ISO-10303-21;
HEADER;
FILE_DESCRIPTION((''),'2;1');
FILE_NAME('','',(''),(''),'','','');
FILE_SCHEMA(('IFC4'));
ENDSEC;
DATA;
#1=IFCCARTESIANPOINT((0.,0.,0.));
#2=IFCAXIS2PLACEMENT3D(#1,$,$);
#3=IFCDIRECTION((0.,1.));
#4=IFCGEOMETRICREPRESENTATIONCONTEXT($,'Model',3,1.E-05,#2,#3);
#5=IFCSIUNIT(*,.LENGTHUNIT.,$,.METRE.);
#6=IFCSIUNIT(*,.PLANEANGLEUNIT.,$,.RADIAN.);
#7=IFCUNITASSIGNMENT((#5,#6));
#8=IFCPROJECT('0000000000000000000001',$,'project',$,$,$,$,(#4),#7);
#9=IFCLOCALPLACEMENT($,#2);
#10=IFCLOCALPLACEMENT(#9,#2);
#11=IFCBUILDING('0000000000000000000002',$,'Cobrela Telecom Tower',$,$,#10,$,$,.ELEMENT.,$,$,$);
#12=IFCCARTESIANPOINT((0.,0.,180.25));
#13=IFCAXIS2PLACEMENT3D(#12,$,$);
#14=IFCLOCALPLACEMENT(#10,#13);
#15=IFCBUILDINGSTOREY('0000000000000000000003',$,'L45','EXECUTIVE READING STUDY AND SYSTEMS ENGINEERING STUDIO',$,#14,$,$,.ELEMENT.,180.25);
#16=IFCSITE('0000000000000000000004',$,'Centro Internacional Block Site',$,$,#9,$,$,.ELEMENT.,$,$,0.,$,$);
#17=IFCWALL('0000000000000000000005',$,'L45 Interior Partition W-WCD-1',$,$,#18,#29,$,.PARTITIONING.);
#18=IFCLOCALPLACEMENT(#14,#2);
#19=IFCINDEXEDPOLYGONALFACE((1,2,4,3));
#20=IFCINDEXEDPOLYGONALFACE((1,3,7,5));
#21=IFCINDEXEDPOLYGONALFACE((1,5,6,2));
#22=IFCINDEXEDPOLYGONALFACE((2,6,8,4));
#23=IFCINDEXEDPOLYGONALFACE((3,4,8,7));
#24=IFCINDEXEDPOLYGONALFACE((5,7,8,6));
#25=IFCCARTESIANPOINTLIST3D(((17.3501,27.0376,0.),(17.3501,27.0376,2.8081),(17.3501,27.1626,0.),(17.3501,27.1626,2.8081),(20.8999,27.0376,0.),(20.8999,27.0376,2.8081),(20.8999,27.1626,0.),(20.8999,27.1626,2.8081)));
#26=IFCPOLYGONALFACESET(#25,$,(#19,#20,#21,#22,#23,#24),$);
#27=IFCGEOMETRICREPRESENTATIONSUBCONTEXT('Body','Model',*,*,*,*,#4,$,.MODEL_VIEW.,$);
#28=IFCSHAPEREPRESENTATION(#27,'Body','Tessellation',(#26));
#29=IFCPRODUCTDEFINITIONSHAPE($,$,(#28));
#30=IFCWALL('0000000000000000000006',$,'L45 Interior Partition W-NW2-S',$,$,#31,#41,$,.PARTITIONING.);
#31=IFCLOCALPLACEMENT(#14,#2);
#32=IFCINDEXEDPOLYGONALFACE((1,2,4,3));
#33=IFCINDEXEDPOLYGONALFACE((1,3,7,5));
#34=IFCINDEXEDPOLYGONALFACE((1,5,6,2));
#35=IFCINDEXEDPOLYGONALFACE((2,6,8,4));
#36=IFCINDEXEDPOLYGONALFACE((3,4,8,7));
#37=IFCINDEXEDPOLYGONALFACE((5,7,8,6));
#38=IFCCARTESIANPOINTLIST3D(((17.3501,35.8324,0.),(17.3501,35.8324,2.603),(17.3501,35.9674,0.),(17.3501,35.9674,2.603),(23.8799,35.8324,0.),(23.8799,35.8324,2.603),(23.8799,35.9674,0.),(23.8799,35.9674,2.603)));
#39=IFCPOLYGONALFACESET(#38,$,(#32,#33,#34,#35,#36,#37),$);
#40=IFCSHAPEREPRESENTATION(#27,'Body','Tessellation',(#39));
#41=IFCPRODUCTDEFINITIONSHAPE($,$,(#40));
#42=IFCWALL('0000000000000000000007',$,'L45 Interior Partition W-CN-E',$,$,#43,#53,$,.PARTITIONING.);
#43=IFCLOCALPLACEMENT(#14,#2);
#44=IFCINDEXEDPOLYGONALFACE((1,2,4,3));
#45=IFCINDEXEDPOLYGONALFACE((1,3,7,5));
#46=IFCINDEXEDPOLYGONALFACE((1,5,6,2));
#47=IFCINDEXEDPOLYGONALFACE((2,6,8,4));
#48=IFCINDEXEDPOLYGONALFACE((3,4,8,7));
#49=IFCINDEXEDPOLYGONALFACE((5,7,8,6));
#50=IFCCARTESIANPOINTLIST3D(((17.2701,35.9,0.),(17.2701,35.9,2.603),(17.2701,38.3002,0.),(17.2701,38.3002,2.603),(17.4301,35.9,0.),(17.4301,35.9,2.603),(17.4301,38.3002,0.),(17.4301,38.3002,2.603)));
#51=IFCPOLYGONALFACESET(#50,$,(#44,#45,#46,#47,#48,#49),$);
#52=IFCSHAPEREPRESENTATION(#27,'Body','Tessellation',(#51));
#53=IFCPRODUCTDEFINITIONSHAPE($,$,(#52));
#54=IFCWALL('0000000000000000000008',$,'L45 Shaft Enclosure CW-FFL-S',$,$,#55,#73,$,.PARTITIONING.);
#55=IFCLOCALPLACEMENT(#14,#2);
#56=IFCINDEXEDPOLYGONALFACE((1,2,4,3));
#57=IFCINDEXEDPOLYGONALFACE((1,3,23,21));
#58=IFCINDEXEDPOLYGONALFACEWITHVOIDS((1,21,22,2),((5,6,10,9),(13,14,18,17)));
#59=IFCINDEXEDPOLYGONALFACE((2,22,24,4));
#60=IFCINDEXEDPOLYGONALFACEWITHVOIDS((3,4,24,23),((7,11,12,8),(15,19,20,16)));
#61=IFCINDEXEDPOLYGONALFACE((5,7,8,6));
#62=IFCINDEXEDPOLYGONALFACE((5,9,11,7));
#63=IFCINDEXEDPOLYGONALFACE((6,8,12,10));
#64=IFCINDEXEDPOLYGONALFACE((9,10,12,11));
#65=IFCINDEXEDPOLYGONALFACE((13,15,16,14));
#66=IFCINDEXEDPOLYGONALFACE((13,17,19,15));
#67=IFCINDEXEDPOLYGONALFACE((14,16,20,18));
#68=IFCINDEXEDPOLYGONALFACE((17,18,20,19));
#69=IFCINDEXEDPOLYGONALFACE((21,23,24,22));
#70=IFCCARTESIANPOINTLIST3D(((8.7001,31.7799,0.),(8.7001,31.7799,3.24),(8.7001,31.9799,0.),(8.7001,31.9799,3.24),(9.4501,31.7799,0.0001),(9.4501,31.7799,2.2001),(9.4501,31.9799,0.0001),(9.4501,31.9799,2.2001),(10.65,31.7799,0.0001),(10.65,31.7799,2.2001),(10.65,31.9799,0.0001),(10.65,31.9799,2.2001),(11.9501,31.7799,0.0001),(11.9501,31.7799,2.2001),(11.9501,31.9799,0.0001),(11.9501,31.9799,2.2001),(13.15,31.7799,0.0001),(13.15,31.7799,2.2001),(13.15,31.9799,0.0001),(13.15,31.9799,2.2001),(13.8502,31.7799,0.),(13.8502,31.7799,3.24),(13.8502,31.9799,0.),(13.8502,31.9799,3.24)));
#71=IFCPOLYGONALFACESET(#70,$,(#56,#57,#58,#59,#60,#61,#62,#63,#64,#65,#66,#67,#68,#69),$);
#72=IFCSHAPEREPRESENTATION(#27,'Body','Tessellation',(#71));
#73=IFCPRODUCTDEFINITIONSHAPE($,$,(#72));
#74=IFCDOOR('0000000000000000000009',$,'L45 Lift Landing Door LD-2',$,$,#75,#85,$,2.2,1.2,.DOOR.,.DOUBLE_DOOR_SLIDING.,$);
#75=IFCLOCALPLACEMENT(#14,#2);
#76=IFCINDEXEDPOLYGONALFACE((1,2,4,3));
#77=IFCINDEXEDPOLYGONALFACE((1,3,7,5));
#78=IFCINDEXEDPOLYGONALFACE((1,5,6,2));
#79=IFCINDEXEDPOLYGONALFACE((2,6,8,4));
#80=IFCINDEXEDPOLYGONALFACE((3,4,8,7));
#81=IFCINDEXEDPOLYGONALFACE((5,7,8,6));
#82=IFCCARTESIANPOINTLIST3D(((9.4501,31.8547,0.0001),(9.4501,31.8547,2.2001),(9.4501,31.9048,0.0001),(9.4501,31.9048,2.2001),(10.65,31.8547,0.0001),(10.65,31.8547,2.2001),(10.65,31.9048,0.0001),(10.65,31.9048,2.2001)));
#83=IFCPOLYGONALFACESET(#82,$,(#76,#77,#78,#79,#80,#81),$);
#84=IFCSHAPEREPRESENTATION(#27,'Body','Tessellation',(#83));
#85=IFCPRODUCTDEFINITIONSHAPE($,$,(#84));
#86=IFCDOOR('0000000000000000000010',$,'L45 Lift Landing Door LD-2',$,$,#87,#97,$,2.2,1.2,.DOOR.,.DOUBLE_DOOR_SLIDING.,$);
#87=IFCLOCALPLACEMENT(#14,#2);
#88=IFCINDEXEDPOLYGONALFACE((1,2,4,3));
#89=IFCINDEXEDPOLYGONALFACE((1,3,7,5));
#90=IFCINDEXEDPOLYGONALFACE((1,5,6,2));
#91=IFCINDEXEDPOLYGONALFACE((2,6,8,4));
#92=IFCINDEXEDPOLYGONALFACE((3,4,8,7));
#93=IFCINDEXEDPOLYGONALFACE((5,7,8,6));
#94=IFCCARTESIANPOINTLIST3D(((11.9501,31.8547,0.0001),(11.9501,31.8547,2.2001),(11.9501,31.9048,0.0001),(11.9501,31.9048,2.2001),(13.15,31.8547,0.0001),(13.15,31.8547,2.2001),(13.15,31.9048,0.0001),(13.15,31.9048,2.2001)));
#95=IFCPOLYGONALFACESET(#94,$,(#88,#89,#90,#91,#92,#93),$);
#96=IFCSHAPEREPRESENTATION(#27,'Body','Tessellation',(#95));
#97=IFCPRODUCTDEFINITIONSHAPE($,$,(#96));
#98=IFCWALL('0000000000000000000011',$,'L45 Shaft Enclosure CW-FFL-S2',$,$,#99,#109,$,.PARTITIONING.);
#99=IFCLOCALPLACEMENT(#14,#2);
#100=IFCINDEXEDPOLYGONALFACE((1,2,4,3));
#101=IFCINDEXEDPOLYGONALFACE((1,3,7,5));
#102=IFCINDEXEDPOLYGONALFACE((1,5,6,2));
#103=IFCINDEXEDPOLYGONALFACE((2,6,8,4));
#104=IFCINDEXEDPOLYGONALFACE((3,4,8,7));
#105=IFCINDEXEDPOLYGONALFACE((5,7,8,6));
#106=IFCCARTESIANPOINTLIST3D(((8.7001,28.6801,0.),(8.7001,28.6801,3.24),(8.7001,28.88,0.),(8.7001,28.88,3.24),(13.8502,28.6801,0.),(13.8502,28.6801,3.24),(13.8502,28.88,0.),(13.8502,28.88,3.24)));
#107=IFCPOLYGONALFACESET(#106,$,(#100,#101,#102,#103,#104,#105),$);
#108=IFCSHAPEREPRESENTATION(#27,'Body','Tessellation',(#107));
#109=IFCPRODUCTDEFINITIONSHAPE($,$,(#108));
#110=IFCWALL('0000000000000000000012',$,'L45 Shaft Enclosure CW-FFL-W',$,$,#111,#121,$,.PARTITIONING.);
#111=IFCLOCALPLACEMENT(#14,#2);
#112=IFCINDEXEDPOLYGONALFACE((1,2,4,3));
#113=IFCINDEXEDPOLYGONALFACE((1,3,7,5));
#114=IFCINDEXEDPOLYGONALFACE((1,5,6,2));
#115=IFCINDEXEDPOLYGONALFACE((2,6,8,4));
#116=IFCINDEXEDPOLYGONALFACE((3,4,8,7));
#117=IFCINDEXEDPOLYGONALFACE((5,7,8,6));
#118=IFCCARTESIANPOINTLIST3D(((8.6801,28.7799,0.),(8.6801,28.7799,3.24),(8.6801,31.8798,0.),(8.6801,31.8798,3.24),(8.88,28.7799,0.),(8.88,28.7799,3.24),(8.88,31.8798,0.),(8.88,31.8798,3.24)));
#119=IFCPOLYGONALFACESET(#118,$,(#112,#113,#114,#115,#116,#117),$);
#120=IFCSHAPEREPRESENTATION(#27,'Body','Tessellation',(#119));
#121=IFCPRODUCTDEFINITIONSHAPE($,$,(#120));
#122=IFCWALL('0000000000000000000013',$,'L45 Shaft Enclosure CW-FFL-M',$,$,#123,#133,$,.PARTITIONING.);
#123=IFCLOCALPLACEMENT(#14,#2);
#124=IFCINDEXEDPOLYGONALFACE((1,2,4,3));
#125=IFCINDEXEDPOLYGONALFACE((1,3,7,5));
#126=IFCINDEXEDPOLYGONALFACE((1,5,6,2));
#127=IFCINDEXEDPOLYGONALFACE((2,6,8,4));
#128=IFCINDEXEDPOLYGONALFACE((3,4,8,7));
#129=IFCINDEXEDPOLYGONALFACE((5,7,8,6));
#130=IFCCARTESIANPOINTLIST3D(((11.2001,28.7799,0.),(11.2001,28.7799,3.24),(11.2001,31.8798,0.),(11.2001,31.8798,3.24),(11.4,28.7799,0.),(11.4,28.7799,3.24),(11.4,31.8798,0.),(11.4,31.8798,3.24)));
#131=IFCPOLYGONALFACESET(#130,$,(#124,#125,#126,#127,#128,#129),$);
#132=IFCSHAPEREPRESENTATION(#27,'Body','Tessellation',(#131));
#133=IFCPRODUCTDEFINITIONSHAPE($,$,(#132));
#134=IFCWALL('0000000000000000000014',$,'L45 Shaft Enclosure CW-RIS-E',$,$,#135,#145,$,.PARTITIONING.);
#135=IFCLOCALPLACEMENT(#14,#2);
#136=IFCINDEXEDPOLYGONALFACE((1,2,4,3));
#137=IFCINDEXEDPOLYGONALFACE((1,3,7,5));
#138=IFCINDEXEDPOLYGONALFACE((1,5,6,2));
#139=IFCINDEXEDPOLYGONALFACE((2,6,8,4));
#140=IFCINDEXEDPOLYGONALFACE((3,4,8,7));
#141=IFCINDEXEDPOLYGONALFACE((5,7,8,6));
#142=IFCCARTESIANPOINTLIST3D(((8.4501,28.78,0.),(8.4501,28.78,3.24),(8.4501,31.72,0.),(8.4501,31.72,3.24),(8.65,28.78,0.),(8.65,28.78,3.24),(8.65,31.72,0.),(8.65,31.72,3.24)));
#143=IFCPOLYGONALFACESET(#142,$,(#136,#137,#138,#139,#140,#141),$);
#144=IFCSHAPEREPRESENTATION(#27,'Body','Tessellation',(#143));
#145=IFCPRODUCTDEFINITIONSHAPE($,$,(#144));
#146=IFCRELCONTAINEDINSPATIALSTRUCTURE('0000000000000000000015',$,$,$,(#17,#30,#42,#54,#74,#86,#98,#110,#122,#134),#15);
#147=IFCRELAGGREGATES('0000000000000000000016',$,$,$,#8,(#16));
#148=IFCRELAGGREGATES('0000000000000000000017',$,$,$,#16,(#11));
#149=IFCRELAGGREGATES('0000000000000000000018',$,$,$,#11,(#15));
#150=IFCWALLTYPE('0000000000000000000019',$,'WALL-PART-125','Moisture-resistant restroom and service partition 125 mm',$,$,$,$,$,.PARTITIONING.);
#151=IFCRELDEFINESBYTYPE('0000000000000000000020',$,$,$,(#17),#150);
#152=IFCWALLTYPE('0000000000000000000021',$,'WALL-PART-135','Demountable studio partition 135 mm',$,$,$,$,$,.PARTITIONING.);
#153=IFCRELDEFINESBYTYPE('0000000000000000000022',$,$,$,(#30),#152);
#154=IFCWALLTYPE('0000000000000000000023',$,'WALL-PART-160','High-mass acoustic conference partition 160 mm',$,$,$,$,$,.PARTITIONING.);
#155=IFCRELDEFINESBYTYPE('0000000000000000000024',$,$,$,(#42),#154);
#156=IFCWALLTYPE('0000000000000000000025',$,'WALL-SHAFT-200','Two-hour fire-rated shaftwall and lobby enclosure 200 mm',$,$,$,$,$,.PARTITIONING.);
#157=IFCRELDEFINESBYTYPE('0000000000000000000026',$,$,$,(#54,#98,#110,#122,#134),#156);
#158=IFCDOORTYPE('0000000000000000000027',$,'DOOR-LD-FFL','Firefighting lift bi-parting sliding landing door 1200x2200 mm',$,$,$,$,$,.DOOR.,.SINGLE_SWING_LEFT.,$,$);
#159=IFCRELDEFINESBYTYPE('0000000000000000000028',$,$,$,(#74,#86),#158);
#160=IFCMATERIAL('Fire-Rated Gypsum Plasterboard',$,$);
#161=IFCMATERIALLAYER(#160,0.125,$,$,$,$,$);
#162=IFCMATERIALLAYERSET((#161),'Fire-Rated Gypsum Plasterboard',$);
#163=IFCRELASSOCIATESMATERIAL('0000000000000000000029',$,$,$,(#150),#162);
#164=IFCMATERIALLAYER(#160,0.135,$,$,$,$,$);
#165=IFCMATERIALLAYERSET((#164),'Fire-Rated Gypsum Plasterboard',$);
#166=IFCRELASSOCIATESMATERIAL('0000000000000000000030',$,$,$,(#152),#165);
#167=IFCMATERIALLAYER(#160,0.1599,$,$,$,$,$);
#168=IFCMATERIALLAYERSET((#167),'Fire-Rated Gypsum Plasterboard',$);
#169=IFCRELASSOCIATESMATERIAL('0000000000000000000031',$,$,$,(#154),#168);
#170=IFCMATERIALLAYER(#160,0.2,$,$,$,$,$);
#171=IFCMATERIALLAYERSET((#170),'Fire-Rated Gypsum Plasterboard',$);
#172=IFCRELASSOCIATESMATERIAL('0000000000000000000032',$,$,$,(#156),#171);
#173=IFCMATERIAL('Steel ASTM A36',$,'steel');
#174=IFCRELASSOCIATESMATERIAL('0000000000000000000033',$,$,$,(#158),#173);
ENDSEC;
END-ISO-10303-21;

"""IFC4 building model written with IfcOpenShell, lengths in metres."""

from ifc_helpers import new_model, si_unit, direction, frame, frame_2d, origin, place, context, subcontext, project, spatial, rectangle, extrude, material, layer, layer_set, type_object, element, fill, save


model = new_model("IFC4")

# Units and contexts
model_context = context("Model", 3, precision=1e-05, world=origin(), true_north=direction((0.0, 1.0)))
body_context = subcontext(model_context, "Body", "Model", "MODEL_VIEW")
ifc_project = project(units=[si_unit("LENGTHUNIT", "METRE"), si_unit("PLANEANGLEUNIT", "RADIAN")], contexts=[model_context])

# Site, building, storey
site_placement = place(None, origin())
site = spatial("IfcSite", under=ifc_project, at=site_placement, Name="Centro Internacional Block Site", CompositionType="ELEMENT", RefElevation=0.0)
building_placement = place(site_placement, origin())
building = spatial("IfcBuilding", under=site, at=building_placement, Name="Cobrela Telecom Tower", CompositionType="ELEMENT")
storey_placement = place(building_placement, frame((0.0, 0.0, 180.25)))
storey = spatial("IfcBuildingStorey", under=building, at=storey_placement, Name="L45", Description="EXECUTIVE READING STUDY AND SYSTEMS ENGINEERING STUDIO", CompositionType="ELEMENT", Elevation=180.25)

# Shared definitions
ifc_material_1 = material(Name="Steel ASTM A36", Category="steel")

# Walls
ifc_material_2 = material(Name="Fire-Rated Gypsum Plasterboard")
ifc_layer_1 = layer(ifc_material_2, 0.125)
ifc_layer_set_1 = layer_set([ifc_layer_1], Name="Fire-Rated Gypsum Plasterboard")
wall_type_1 = type_object("IfcWallType", Name="WALL-PART-125", Description="Moisture-resistant restroom and service partition 125 mm", PredefinedType="PARTITIONING", material=ifc_layer_set_1)
wall_1_placement = place(storey_placement, frame((17.3501, 27.1001, 0.0), z_axis=(0.0, 0.0, 1.0), x_axis=(1.0, 0.0, 0.0)))
element("IfcWall", 1, at=wall_1_placement, inside=storey, type_object=wall_type_1, Name="L45 Interior Partition W-WCD-1", PredefinedType="PARTITIONING", context=body_context, shape_type="SweptSolid", body=[
    extrude(rectangle(XDim=3.5498, YDim=0.125, at=frame_2d((1.7749, 0.0))), origin(), (0.0, 0.0, 1.0), 2.8081),
])
ifc_layer_2 = layer(ifc_material_2, 0.135)
ifc_layer_set_2 = layer_set([ifc_layer_2], Name="Fire-Rated Gypsum Plasterboard")
wall_type_2 = type_object("IfcWallType", Name="WALL-PART-135", Description="Demountable studio partition 135 mm", PredefinedType="PARTITIONING", material=ifc_layer_set_2)
wall_2_placement = place(storey_placement, frame((17.3501, 35.8999, 0.0), z_axis=(0.0, 0.0, 1.0), x_axis=(1.0, 0.0, 0.0)))
element("IfcWall", 2, at=wall_2_placement, inside=storey, type_object=wall_type_2, Name="L45 Interior Partition W-NW2-S", PredefinedType="PARTITIONING", context=body_context, shape_type="SweptSolid", body=[
    extrude(rectangle(XDim=6.5298, YDim=0.135, at=frame_2d((3.2649, 0.0))), origin(), (0.0, 0.0, 1.0), 2.603),
])
ifc_layer_3 = layer(ifc_material_2, 0.1599)
ifc_layer_set_3 = layer_set([ifc_layer_3], Name="Fire-Rated Gypsum Plasterboard")
wall_type_3 = type_object("IfcWallType", Name="WALL-PART-160", Description="High-mass acoustic conference partition 160 mm", PredefinedType="PARTITIONING", material=ifc_layer_set_3)
wall_3_placement = place(storey_placement, frame((17.3501, 35.8999, 0.0), z_axis=(0.0, 0.0, 1.0), x_axis=(0.0, 1.0, 0.0)))
element("IfcWall", 3, at=wall_3_placement, inside=storey, type_object=wall_type_3, Name="L45 Interior Partition W-CN-E", PredefinedType="PARTITIONING", context=body_context, shape_type="SweptSolid", body=[
    extrude(rectangle(XDim=2.4001, YDim=0.1599, at=frame_2d((1.2002, 0.0))), origin(), (0.0, 0.0, 1.0), 2.603),
])

# Wall, openings, doors
ifc_layer_4 = layer(ifc_material_2, 0.2)
ifc_layer_set_4 = layer_set([ifc_layer_4], Name="Fire-Rated Gypsum Plasterboard")
wall_type_4 = type_object("IfcWallType", Name="WALL-SHAFT-200", Description="Two-hour fire-rated shaftwall and lobby enclosure 200 mm", PredefinedType="PARTITIONING", material=ifc_layer_set_4)
wall_4_placement = place(storey_placement, frame((8.7, 31.8799, 0.0), z_axis=(0.0, 0.0, 1.0), x_axis=(1.0, 0.0, 0.0)))
wall_4 = element("IfcWall", 4, at=wall_4_placement, inside=storey, type_object=wall_type_4, Name="L45 Shaft Enclosure CW-FFL-S", PredefinedType="PARTITIONING", context=body_context, shape_type="SweptSolid", body=[
    extrude(rectangle(XDim=5.1501, YDim=0.2, at=frame_2d((2.5752, 0.0))), origin(), (0.0, 0.0, 1.0), 3.24),
])
opening_1_placement = place(wall_4_placement, frame((0.75, 0.0, 0.0)))
opening_1 = element("IfcOpeningElement", 5, at=opening_1_placement, cuts=wall_4, PredefinedType="OPENING", context=body_context, shape_type="SweptSolid", body=[
    extrude(rectangle(XDim=1.2, YDim=2.2, at=frame_2d((0.6001, 1.1001))), frame((0.0, 0.1118, 0.0), z_axis=(0.0, -1.0, 0.0), x_axis=(1.0, 0.0, 0.0)), (0.0, 0.0, 1.0), 0.2239),
])
opening_2_placement = place(wall_4_placement, frame((3.25, 0.0, 0.0)))
opening_2 = element("IfcOpeningElement", 6, at=opening_2_placement, cuts=wall_4, PredefinedType="OPENING", context=body_context, shape_type="SweptSolid", body=[
    extrude(rectangle(XDim=1.2, YDim=2.2, at=frame_2d((0.6001, 1.1001))), frame((0.0, 0.1118, 0.0), z_axis=(0.0, -1.0, 0.0), x_axis=(1.0, 0.0, 0.0)), (0.0, 0.0, 1.0), 0.2239),
])
door_type_1 = type_object("IfcDoorType", Name="DOOR-LD-FFL", Description="Firefighting lift bi-parting sliding landing door 1200x2200 mm", OperationType="SINGLE_SWING_LEFT", PredefinedType="DOOR", material=ifc_material_1)
door_1_placement = place(opening_1_placement, origin())
door_1 = element("IfcDoor", 7, at=door_1_placement, inside=storey, type_object=door_type_1, Name="L45 Lift Landing Door LD-2", OperationType="DOUBLE_DOOR_SLIDING", OverallHeight=2.2, OverallWidth=1.2, PredefinedType="DOOR", context=body_context, shape_type="SweptSolid", body=[
    extrude(rectangle(XDim=1.2, YDim=2.2, at=frame_2d((0.6001, 1.1001))), frame((0.0, 0.0249, 0.0), z_axis=(0.0, -1.0, 0.0), x_axis=(1.0, 0.0, 0.0)), (0.0, 0.0, 1.0), 0.05),
])
fill(opening_1, door_1)
door_2_placement = place(opening_2_placement, origin())
door_2 = element("IfcDoor", 8, at=door_2_placement, inside=storey, type_object=door_type_1, Name="L45 Lift Landing Door LD-2", OperationType="DOUBLE_DOOR_SLIDING", OverallHeight=2.2, OverallWidth=1.2, PredefinedType="DOOR", context=body_context, shape_type="SweptSolid", body=[
    extrude(rectangle(XDim=1.2, YDim=2.2, at=frame_2d((0.6001, 1.1001))), frame((0.0, 0.0249, 0.0), z_axis=(0.0, -1.0, 0.0), x_axis=(1.0, 0.0, 0.0)), (0.0, 0.0, 1.0), 0.05),
])
fill(opening_2, door_2)

# Walls
wall_5_placement = place(storey_placement, frame((8.7, 28.78, 0.0), z_axis=(0.0, 0.0, 1.0), x_axis=(1.0, 0.0, 0.0)))
element("IfcWall", 9, at=wall_5_placement, inside=storey, type_object=wall_type_4, Name="L45 Shaft Enclosure CW-FFL-S2", PredefinedType="PARTITIONING", context=body_context, shape_type="SweptSolid", body=[
    extrude(rectangle(XDim=5.1501, YDim=0.2, at=frame_2d((2.5752, 0.0))), origin(), (0.0, 0.0, 1.0), 3.24),
])
for number, where, z_axis, x_axis, name in (
    (10, (8.78, 28.78, 0.0), (0.0, 0.0, 1.0), (0.0, 1.0, 0.0), "L45 Shaft Enclosure CW-FFL-W"),
    (11, (11.3, 28.78, 0.0), (0.0, 0.0, 1.0), (0.0, 1.0, 0.0), "L45 Shaft Enclosure CW-FFL-M"),
):
    element("IfcWall", number, at=place(storey_placement, frame(where, z_axis=z_axis, x_axis=x_axis)), inside=storey, type_object=wall_type_4, Name=name, PredefinedType="PARTITIONING", context=body_context, shape_type="SweptSolid", body=[
        extrude(rectangle(XDim=3.0999, YDim=0.2, at=frame_2d((1.5498, 0.0))), origin(), (0.0, 0.0, 1.0), 3.24),
    ])
wall_6_placement = place(storey_placement, frame((8.55, 28.78, 0.0), z_axis=(0.0, 0.0, 1.0), x_axis=(0.0, 1.0, 0.0)))
element("IfcWall", 12, at=wall_6_placement, inside=storey, type_object=wall_type_4, Name="L45 Shaft Enclosure CW-RIS-E", PredefinedType="PARTITIONING", context=body_context, shape_type="SweptSolid", body=[
    extrude(rectangle(XDim=2.9399, YDim=0.2, at=frame_2d((1.47, 0.0))), origin(), (0.0, 0.0, 1.0), 3.24),
])

save(model, "model.ifc")
